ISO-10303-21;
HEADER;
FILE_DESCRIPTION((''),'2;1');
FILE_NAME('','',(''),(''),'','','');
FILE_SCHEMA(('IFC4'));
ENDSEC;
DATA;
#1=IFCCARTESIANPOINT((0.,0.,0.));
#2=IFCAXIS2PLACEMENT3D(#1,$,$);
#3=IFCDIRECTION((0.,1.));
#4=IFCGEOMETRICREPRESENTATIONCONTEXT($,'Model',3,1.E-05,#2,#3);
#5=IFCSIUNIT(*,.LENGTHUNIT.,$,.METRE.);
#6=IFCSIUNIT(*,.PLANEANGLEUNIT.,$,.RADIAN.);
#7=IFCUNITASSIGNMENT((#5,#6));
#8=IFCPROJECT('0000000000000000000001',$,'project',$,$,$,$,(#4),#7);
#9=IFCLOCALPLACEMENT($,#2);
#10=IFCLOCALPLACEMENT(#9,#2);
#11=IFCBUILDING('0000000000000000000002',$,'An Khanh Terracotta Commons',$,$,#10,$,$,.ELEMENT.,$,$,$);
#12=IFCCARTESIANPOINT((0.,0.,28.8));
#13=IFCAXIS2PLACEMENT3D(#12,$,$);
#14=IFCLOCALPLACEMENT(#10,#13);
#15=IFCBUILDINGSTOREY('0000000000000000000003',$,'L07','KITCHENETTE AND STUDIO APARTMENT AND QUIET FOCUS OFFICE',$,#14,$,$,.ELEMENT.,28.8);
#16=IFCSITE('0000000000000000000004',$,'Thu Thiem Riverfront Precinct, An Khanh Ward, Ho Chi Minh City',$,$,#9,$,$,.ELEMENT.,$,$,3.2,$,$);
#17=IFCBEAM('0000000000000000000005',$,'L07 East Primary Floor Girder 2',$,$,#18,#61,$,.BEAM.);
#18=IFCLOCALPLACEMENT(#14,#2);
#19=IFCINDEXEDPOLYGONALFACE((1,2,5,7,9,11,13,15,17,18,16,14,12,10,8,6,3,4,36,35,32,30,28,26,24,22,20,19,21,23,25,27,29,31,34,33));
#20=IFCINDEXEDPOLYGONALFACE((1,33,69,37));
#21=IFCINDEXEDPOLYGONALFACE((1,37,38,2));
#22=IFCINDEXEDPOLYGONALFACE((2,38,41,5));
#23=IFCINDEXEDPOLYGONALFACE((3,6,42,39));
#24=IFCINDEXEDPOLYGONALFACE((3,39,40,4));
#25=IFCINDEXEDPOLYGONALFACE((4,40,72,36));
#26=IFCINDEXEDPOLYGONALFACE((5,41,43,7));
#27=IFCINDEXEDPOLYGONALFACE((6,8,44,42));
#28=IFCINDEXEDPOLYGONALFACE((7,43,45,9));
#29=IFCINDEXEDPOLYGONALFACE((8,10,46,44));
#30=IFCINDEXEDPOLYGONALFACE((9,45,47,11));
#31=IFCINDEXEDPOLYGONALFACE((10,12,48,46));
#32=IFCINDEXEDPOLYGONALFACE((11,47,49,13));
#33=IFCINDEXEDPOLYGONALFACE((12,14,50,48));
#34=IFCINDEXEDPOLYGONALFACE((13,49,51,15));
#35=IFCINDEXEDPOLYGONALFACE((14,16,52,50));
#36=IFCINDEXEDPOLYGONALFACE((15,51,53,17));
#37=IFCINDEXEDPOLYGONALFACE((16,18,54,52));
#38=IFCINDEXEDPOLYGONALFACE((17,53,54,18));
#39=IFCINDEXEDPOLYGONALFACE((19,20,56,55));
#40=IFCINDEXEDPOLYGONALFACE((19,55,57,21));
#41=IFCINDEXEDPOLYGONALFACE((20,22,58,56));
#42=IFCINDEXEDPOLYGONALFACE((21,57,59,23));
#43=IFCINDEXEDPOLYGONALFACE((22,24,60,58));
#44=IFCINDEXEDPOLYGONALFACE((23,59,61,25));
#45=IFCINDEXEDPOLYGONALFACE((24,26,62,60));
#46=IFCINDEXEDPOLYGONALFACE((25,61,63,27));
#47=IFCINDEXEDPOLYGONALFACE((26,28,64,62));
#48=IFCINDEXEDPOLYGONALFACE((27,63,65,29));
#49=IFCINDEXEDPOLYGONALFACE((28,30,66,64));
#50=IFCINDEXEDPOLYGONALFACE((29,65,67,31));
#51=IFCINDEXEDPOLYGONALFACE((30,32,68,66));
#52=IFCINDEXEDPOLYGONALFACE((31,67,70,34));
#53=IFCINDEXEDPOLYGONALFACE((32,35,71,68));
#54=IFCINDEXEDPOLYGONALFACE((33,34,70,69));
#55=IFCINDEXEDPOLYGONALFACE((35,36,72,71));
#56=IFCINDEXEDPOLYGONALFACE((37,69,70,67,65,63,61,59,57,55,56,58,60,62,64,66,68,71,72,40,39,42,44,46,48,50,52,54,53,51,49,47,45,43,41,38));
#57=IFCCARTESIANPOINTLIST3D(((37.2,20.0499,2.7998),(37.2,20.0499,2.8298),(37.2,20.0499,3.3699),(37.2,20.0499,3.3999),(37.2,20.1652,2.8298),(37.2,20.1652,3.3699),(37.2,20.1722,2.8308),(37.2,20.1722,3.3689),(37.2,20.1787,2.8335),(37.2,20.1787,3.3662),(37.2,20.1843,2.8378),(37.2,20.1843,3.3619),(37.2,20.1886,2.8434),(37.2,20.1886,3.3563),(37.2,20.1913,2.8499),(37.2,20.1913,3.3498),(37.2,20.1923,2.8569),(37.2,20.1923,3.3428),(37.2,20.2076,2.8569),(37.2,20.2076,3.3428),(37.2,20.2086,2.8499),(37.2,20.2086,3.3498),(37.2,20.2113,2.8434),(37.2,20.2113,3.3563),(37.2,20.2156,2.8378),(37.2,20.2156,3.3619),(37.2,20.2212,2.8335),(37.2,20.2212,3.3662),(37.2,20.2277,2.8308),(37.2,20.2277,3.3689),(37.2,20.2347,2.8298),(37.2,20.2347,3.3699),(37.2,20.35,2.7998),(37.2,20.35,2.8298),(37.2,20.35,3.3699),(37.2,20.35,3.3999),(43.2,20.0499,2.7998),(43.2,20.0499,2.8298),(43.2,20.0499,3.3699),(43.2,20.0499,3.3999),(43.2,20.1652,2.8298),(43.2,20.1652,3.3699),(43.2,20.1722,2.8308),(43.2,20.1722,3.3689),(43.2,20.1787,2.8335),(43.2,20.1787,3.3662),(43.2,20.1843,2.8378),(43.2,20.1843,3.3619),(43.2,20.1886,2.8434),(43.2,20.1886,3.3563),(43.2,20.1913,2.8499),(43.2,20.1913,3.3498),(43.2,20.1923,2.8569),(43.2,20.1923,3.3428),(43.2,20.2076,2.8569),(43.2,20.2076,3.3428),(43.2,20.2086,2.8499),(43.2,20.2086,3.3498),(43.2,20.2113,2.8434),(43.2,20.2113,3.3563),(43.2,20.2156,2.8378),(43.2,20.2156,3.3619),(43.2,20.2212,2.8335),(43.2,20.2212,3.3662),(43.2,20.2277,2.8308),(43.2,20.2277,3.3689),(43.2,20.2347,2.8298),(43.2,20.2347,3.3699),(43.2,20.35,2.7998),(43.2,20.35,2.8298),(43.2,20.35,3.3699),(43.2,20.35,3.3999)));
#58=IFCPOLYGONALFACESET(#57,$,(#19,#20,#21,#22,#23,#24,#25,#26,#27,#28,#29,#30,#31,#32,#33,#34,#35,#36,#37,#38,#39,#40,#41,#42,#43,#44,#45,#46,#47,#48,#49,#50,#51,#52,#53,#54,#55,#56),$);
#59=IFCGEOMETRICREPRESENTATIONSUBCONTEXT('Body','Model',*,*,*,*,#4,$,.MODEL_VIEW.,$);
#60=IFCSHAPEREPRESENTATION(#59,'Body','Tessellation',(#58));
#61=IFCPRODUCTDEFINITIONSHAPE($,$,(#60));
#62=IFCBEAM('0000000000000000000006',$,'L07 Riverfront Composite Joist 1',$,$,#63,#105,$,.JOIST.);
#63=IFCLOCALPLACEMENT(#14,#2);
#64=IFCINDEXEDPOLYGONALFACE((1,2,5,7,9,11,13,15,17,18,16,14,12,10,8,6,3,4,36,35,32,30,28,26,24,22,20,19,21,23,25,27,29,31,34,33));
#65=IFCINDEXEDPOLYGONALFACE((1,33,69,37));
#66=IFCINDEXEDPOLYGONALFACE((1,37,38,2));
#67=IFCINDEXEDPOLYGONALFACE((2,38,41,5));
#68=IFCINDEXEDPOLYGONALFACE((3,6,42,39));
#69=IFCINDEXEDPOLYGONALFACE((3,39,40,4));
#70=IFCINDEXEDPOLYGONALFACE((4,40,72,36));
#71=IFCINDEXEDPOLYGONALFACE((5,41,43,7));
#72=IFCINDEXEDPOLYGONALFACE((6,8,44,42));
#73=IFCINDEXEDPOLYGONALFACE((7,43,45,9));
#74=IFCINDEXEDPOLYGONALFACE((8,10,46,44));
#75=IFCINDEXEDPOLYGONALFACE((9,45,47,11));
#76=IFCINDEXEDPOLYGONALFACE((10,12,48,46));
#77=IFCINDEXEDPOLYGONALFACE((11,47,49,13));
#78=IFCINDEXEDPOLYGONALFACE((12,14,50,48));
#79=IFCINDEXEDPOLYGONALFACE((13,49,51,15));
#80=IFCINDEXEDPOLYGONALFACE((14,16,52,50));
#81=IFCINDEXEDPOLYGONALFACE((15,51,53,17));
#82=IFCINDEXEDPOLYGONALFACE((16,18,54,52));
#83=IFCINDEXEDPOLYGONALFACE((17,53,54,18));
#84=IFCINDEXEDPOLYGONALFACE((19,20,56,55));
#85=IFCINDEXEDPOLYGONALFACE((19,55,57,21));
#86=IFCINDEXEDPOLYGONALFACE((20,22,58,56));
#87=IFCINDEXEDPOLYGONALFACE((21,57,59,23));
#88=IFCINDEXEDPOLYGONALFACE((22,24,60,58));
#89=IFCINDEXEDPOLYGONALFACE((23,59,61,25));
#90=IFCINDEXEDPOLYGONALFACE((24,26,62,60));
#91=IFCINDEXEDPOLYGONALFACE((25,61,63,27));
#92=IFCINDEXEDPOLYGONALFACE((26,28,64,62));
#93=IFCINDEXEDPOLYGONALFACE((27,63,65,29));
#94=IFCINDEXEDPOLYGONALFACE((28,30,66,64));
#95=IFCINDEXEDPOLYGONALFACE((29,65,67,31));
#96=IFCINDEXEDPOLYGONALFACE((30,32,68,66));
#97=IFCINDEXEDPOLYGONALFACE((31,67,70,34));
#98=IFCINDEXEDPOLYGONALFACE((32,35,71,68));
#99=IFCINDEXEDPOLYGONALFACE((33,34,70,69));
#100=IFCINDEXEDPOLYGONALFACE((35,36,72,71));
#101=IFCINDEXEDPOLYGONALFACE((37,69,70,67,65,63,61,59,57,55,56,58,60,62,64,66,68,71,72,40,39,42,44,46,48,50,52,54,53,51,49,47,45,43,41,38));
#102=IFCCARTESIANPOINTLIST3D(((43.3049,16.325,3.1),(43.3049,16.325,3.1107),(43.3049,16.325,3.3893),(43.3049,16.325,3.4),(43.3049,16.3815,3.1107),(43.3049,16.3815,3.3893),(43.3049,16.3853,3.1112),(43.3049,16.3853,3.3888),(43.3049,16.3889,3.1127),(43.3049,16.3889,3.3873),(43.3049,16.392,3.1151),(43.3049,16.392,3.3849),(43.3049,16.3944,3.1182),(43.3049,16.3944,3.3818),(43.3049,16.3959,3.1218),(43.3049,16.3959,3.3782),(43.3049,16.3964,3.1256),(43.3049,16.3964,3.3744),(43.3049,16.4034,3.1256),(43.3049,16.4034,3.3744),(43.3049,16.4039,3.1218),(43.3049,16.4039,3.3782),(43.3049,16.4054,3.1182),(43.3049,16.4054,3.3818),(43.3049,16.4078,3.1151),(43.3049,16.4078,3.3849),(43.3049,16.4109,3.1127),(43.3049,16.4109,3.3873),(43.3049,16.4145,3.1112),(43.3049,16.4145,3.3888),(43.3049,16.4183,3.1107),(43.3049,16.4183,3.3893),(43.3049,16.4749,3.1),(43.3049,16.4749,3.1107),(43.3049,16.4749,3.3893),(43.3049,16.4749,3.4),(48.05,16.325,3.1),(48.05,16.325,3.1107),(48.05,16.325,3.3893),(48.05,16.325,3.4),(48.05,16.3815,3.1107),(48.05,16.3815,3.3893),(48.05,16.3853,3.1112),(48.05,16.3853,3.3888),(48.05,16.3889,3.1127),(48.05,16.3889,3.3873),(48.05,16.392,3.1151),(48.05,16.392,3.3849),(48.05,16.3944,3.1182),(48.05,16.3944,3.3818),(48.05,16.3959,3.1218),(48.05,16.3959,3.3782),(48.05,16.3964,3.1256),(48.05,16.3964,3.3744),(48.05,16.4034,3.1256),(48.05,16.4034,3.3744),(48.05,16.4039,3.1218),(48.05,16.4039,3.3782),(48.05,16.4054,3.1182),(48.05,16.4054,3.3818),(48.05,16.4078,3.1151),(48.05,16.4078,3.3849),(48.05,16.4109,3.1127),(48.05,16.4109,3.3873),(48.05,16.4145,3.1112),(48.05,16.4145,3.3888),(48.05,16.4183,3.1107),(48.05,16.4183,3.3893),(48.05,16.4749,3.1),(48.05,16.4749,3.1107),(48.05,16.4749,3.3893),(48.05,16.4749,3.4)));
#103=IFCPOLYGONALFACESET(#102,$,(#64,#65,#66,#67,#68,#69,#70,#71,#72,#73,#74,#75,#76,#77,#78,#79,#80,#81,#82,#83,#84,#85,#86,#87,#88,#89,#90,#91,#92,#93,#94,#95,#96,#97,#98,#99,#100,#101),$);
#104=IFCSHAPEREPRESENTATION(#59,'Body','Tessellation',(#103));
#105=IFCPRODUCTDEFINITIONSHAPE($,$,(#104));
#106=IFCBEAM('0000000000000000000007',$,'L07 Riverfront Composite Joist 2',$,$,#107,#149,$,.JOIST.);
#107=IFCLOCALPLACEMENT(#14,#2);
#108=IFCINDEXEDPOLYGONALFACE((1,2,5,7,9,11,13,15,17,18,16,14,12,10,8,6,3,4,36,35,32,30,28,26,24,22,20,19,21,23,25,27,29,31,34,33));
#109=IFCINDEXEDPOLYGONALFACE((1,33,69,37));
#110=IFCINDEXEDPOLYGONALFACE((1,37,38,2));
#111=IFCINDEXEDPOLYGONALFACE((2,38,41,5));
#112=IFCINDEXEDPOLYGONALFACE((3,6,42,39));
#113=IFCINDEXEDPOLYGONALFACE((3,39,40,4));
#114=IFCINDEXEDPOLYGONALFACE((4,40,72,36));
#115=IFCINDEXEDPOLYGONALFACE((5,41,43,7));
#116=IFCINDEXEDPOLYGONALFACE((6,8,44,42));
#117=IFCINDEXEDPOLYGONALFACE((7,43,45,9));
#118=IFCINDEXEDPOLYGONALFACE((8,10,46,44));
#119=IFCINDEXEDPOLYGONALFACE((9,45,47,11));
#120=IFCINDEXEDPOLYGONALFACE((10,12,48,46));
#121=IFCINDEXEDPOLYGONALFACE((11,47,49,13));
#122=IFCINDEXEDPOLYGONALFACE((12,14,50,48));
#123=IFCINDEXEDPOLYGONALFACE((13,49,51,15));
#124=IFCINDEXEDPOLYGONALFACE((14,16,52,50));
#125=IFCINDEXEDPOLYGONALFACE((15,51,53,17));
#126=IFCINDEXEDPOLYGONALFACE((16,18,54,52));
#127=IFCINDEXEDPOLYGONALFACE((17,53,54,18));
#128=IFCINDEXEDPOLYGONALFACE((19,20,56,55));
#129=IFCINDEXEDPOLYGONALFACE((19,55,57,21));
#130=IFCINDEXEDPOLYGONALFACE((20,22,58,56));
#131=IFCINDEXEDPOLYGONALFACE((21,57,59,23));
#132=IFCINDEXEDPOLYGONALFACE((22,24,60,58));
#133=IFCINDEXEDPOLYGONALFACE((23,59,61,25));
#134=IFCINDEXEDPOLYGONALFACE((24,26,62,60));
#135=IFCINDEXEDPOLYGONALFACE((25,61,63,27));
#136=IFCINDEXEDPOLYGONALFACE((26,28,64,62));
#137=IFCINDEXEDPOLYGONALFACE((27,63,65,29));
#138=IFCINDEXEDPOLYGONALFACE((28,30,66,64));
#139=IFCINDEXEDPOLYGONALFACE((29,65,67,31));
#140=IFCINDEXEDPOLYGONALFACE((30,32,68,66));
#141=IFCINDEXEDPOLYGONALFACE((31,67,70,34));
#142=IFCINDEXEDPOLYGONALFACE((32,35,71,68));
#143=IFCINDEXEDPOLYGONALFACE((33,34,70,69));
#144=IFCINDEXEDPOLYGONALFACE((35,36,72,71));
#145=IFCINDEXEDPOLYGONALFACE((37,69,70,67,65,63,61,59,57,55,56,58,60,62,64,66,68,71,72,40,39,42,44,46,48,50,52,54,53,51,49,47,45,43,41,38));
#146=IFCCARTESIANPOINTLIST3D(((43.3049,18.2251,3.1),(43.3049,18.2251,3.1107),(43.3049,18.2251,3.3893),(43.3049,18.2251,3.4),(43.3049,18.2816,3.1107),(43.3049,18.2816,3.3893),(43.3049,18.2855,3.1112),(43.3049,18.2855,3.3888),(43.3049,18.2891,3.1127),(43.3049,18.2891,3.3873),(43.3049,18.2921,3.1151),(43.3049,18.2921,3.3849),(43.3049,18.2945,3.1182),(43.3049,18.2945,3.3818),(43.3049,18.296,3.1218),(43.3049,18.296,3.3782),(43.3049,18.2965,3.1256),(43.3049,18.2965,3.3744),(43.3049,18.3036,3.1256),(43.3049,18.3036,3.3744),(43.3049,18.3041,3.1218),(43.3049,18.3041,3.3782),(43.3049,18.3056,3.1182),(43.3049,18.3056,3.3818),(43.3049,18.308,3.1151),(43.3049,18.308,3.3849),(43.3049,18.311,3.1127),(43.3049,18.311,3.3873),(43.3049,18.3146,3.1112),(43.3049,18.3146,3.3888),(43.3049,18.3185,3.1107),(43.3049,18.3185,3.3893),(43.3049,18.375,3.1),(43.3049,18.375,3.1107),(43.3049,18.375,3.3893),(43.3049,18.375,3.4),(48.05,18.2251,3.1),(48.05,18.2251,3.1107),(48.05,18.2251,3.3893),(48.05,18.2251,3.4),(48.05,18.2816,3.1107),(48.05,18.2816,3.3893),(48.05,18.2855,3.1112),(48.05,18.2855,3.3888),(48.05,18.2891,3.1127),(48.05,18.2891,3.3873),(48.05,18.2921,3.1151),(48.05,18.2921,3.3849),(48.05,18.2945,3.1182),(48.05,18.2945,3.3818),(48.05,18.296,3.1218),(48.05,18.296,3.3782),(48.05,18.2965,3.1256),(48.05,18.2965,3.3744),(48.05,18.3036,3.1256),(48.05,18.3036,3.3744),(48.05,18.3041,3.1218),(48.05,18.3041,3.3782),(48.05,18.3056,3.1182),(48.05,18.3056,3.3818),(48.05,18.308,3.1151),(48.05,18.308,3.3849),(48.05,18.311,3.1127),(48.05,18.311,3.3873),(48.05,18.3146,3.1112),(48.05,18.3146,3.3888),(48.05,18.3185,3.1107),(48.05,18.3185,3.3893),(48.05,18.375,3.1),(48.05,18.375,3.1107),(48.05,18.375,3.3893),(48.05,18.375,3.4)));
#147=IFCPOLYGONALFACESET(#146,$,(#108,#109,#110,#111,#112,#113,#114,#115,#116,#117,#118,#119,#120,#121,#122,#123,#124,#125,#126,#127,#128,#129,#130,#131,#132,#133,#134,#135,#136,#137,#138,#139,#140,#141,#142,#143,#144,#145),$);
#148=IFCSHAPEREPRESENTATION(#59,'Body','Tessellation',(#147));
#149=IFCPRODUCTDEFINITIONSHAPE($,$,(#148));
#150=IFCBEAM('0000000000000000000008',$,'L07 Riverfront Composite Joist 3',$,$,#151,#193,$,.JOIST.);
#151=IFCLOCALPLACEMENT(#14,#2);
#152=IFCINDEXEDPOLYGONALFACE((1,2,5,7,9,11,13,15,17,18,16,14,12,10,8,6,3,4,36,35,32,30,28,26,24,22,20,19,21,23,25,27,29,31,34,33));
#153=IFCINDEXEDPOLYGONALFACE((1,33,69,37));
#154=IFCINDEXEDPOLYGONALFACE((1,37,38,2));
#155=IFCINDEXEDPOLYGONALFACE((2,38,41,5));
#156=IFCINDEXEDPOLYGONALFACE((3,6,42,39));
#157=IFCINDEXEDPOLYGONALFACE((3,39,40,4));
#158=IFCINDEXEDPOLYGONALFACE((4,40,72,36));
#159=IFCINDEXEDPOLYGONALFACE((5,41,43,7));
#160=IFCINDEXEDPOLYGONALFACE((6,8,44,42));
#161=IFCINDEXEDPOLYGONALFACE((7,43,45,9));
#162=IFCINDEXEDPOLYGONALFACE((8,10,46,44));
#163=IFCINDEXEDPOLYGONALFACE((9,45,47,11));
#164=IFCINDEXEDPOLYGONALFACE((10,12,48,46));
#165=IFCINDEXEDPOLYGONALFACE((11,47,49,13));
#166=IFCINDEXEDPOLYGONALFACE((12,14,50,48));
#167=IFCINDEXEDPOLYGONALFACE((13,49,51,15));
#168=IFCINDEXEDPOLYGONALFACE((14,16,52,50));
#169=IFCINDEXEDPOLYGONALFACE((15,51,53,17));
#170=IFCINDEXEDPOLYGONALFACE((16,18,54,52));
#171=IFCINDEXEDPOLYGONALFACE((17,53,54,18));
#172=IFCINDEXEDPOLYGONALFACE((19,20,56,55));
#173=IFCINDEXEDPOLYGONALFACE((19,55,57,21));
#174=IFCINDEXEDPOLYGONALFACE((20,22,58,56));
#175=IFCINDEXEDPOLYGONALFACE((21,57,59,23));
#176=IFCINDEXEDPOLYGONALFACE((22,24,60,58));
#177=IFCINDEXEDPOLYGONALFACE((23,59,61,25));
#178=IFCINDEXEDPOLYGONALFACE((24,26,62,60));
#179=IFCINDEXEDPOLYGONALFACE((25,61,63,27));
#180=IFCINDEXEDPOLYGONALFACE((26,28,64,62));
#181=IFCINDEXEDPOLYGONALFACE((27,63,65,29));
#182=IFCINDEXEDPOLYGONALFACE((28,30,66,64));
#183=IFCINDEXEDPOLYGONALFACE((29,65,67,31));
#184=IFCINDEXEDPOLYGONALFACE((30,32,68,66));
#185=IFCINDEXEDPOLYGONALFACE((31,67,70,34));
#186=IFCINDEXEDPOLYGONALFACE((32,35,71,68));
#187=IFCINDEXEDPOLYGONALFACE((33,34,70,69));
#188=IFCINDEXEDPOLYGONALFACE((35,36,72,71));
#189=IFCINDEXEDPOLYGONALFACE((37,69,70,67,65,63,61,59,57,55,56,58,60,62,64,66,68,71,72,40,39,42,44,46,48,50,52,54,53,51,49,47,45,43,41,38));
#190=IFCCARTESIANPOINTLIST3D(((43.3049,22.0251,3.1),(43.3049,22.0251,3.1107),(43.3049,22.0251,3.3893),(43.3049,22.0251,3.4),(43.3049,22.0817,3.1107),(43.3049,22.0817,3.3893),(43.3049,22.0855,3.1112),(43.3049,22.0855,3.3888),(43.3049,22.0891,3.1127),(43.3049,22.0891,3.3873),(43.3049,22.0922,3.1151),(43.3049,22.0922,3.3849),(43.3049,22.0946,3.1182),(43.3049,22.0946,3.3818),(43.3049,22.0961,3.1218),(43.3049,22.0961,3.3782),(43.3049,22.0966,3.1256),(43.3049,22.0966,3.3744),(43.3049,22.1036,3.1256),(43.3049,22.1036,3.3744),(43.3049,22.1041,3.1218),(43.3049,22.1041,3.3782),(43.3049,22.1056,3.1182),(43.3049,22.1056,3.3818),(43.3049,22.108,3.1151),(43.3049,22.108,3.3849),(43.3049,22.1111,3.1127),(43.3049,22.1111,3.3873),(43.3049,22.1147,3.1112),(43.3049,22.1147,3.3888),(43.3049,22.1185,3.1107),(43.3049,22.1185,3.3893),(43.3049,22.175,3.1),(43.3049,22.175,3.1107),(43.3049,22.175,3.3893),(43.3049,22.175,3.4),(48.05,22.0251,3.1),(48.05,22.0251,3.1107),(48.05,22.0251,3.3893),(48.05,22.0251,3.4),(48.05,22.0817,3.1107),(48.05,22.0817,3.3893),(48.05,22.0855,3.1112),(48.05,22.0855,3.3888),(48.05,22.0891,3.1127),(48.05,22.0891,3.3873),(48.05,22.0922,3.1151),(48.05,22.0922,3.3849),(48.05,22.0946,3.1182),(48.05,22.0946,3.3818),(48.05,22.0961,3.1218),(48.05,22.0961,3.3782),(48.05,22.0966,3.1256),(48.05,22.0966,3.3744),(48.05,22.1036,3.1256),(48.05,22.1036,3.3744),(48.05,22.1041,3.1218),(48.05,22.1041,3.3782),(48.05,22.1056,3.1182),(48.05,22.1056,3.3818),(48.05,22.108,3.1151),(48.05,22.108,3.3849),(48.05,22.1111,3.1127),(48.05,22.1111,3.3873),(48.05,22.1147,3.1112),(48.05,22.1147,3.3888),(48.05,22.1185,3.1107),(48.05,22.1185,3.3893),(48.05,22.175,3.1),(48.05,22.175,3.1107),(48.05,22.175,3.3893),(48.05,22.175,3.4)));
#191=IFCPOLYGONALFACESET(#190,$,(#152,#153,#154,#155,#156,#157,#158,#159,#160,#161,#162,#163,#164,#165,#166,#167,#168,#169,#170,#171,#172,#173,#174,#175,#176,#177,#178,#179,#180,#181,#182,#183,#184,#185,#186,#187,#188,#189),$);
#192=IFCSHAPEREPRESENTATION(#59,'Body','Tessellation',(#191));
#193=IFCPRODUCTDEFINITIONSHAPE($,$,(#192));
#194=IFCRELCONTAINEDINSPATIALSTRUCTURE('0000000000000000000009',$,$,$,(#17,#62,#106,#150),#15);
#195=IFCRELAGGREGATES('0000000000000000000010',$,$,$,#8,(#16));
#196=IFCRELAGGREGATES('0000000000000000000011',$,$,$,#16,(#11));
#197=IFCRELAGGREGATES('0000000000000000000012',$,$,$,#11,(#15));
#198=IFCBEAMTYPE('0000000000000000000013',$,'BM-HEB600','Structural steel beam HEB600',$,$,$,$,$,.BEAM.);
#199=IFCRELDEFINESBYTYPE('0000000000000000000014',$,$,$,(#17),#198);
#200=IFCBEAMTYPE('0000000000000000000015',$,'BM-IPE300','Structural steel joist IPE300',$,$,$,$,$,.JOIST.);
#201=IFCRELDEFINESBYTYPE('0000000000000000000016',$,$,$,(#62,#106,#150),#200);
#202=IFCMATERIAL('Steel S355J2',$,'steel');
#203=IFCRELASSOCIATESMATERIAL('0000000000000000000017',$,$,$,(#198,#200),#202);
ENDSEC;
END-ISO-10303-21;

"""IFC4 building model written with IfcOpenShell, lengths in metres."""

from ifc_helpers import new_model, si_unit, direction, frame, origin, origin_2d, place, context, subcontext, project, spatial, i_section, extrude, material, material_profile, profile_set, type_object, element, save


model = new_model("IFC4")

# Units and contexts
model_context = context("Model", 3, precision=1e-05, world=origin(), true_north=direction((0.0, 1.0)))
body_context = subcontext(model_context, "Body", "Model", "MODEL_VIEW")
ifc_project = project(units=[si_unit("LENGTHUNIT", "METRE"), si_unit("PLANEANGLEUNIT", "RADIAN")], contexts=[model_context])

# Site, building, storey
site_placement = place(None, origin())
site = spatial("IfcSite", under=ifc_project, at=site_placement, Name="Thu Thiem Riverfront Precinct, An Khanh Ward, Ho Chi Minh City", CompositionType="ELEMENT", RefElevation=3.2)
building_placement = place(site_placement, origin())
building = spatial("IfcBuilding", under=site, at=building_placement, Name="An Khanh Terracotta Commons", CompositionType="ELEMENT")
storey_placement = place(building_placement, frame((0.0, 0.0, 28.8)))
storey = spatial("IfcBuildingStorey", under=building, at=storey_placement, Name="L07", Description="KITCHENETTE AND STUDIO APARTMENT AND QUIET FOCUS OFFICE", CompositionType="ELEMENT", Elevation=28.8)

# Beams
ifc_material_1 = material(Name="Steel S355J2", Category="steel")
ifc_material_profile_1 = material_profile(ifc_material_1, i_section(OverallWidth=0.3, OverallDepth=0.6001, WebThickness=0.0154, FlangeThickness=0.03, FilletRadius=0.0271, at=origin_2d()), Name="HEB600")
ifc_profile_set_1 = profile_set([ifc_material_profile_1], Name="Steel S355J2")
beam_type_1 = type_object("IfcBeamType", Name="BM-HEB600", Description="Structural steel beam HEB600", PredefinedType="BEAM", material=ifc_profile_set_1)
for number, where, z_axis, x_axis, name in (
    (1, (37.2, 20.2, 3.0999), (1.0, 0.0, 0.0), (0.0, 1.0, 0.0), "L07 East Primary Floor Girder 2"),
):
    element("IfcBeam", number, at=place(storey_placement, frame(where, z_axis=z_axis, x_axis=x_axis)), inside=storey, type_object=beam_type_1, Name=name, PredefinedType="BEAM", context=body_context, shape_type="SweptSolid", body=[
        extrude(i_section(OverallWidth=0.3, OverallDepth=0.6001, WebThickness=0.0154, FlangeThickness=0.03, FilletRadius=0.0271, at=origin_2d()), origin(), (0.0, 0.0, 1.0), 6.0),
    ])
ifc_material_profile_2 = material_profile(ifc_material_1, i_section(OverallWidth=0.1499, OverallDepth=0.3, WebThickness=0.0071, FlangeThickness=0.0107, FilletRadius=0.0149, at=origin_2d()), Name="IPE300")
ifc_profile_set_2 = profile_set([ifc_material_profile_2], Name="Steel S355J2")
beam_type_2 = type_object("IfcBeamType", Name="BM-IPE300", Description="Structural steel joist IPE300", PredefinedType="JOIST", material=ifc_profile_set_2)
for number, where, z_axis, x_axis, name in (
    (2, (43.3049, 16.3999, 3.25), (1.0, 0.0, 0.0), (0.0, 1.0, 0.0), "L07 Riverfront Composite Joist 1"),
    (3, (43.3049, 18.3, 3.25), (1.0, 0.0, 0.0), (0.0, 1.0, 0.0), "L07 Riverfront Composite Joist 2"),
    (4, (43.3049, 22.1001, 3.25), (1.0, 0.0, 0.0), (0.0, 1.0, 0.0), "L07 Riverfront Composite Joist 3"),
):
    element("IfcBeam", number, at=place(storey_placement, frame(where, z_axis=z_axis, x_axis=x_axis)), inside=storey, type_object=beam_type_2, Name=name, PredefinedType="JOIST", context=body_context, shape_type="SweptSolid", body=[
        extrude(i_section(OverallWidth=0.1499, OverallDepth=0.3, WebThickness=0.0071, FlangeThickness=0.0107, FilletRadius=0.0149, at=origin_2d()), origin(), (0.0, 0.0, 1.0), 4.7451),
    ])

save(model, "model.ifc")
